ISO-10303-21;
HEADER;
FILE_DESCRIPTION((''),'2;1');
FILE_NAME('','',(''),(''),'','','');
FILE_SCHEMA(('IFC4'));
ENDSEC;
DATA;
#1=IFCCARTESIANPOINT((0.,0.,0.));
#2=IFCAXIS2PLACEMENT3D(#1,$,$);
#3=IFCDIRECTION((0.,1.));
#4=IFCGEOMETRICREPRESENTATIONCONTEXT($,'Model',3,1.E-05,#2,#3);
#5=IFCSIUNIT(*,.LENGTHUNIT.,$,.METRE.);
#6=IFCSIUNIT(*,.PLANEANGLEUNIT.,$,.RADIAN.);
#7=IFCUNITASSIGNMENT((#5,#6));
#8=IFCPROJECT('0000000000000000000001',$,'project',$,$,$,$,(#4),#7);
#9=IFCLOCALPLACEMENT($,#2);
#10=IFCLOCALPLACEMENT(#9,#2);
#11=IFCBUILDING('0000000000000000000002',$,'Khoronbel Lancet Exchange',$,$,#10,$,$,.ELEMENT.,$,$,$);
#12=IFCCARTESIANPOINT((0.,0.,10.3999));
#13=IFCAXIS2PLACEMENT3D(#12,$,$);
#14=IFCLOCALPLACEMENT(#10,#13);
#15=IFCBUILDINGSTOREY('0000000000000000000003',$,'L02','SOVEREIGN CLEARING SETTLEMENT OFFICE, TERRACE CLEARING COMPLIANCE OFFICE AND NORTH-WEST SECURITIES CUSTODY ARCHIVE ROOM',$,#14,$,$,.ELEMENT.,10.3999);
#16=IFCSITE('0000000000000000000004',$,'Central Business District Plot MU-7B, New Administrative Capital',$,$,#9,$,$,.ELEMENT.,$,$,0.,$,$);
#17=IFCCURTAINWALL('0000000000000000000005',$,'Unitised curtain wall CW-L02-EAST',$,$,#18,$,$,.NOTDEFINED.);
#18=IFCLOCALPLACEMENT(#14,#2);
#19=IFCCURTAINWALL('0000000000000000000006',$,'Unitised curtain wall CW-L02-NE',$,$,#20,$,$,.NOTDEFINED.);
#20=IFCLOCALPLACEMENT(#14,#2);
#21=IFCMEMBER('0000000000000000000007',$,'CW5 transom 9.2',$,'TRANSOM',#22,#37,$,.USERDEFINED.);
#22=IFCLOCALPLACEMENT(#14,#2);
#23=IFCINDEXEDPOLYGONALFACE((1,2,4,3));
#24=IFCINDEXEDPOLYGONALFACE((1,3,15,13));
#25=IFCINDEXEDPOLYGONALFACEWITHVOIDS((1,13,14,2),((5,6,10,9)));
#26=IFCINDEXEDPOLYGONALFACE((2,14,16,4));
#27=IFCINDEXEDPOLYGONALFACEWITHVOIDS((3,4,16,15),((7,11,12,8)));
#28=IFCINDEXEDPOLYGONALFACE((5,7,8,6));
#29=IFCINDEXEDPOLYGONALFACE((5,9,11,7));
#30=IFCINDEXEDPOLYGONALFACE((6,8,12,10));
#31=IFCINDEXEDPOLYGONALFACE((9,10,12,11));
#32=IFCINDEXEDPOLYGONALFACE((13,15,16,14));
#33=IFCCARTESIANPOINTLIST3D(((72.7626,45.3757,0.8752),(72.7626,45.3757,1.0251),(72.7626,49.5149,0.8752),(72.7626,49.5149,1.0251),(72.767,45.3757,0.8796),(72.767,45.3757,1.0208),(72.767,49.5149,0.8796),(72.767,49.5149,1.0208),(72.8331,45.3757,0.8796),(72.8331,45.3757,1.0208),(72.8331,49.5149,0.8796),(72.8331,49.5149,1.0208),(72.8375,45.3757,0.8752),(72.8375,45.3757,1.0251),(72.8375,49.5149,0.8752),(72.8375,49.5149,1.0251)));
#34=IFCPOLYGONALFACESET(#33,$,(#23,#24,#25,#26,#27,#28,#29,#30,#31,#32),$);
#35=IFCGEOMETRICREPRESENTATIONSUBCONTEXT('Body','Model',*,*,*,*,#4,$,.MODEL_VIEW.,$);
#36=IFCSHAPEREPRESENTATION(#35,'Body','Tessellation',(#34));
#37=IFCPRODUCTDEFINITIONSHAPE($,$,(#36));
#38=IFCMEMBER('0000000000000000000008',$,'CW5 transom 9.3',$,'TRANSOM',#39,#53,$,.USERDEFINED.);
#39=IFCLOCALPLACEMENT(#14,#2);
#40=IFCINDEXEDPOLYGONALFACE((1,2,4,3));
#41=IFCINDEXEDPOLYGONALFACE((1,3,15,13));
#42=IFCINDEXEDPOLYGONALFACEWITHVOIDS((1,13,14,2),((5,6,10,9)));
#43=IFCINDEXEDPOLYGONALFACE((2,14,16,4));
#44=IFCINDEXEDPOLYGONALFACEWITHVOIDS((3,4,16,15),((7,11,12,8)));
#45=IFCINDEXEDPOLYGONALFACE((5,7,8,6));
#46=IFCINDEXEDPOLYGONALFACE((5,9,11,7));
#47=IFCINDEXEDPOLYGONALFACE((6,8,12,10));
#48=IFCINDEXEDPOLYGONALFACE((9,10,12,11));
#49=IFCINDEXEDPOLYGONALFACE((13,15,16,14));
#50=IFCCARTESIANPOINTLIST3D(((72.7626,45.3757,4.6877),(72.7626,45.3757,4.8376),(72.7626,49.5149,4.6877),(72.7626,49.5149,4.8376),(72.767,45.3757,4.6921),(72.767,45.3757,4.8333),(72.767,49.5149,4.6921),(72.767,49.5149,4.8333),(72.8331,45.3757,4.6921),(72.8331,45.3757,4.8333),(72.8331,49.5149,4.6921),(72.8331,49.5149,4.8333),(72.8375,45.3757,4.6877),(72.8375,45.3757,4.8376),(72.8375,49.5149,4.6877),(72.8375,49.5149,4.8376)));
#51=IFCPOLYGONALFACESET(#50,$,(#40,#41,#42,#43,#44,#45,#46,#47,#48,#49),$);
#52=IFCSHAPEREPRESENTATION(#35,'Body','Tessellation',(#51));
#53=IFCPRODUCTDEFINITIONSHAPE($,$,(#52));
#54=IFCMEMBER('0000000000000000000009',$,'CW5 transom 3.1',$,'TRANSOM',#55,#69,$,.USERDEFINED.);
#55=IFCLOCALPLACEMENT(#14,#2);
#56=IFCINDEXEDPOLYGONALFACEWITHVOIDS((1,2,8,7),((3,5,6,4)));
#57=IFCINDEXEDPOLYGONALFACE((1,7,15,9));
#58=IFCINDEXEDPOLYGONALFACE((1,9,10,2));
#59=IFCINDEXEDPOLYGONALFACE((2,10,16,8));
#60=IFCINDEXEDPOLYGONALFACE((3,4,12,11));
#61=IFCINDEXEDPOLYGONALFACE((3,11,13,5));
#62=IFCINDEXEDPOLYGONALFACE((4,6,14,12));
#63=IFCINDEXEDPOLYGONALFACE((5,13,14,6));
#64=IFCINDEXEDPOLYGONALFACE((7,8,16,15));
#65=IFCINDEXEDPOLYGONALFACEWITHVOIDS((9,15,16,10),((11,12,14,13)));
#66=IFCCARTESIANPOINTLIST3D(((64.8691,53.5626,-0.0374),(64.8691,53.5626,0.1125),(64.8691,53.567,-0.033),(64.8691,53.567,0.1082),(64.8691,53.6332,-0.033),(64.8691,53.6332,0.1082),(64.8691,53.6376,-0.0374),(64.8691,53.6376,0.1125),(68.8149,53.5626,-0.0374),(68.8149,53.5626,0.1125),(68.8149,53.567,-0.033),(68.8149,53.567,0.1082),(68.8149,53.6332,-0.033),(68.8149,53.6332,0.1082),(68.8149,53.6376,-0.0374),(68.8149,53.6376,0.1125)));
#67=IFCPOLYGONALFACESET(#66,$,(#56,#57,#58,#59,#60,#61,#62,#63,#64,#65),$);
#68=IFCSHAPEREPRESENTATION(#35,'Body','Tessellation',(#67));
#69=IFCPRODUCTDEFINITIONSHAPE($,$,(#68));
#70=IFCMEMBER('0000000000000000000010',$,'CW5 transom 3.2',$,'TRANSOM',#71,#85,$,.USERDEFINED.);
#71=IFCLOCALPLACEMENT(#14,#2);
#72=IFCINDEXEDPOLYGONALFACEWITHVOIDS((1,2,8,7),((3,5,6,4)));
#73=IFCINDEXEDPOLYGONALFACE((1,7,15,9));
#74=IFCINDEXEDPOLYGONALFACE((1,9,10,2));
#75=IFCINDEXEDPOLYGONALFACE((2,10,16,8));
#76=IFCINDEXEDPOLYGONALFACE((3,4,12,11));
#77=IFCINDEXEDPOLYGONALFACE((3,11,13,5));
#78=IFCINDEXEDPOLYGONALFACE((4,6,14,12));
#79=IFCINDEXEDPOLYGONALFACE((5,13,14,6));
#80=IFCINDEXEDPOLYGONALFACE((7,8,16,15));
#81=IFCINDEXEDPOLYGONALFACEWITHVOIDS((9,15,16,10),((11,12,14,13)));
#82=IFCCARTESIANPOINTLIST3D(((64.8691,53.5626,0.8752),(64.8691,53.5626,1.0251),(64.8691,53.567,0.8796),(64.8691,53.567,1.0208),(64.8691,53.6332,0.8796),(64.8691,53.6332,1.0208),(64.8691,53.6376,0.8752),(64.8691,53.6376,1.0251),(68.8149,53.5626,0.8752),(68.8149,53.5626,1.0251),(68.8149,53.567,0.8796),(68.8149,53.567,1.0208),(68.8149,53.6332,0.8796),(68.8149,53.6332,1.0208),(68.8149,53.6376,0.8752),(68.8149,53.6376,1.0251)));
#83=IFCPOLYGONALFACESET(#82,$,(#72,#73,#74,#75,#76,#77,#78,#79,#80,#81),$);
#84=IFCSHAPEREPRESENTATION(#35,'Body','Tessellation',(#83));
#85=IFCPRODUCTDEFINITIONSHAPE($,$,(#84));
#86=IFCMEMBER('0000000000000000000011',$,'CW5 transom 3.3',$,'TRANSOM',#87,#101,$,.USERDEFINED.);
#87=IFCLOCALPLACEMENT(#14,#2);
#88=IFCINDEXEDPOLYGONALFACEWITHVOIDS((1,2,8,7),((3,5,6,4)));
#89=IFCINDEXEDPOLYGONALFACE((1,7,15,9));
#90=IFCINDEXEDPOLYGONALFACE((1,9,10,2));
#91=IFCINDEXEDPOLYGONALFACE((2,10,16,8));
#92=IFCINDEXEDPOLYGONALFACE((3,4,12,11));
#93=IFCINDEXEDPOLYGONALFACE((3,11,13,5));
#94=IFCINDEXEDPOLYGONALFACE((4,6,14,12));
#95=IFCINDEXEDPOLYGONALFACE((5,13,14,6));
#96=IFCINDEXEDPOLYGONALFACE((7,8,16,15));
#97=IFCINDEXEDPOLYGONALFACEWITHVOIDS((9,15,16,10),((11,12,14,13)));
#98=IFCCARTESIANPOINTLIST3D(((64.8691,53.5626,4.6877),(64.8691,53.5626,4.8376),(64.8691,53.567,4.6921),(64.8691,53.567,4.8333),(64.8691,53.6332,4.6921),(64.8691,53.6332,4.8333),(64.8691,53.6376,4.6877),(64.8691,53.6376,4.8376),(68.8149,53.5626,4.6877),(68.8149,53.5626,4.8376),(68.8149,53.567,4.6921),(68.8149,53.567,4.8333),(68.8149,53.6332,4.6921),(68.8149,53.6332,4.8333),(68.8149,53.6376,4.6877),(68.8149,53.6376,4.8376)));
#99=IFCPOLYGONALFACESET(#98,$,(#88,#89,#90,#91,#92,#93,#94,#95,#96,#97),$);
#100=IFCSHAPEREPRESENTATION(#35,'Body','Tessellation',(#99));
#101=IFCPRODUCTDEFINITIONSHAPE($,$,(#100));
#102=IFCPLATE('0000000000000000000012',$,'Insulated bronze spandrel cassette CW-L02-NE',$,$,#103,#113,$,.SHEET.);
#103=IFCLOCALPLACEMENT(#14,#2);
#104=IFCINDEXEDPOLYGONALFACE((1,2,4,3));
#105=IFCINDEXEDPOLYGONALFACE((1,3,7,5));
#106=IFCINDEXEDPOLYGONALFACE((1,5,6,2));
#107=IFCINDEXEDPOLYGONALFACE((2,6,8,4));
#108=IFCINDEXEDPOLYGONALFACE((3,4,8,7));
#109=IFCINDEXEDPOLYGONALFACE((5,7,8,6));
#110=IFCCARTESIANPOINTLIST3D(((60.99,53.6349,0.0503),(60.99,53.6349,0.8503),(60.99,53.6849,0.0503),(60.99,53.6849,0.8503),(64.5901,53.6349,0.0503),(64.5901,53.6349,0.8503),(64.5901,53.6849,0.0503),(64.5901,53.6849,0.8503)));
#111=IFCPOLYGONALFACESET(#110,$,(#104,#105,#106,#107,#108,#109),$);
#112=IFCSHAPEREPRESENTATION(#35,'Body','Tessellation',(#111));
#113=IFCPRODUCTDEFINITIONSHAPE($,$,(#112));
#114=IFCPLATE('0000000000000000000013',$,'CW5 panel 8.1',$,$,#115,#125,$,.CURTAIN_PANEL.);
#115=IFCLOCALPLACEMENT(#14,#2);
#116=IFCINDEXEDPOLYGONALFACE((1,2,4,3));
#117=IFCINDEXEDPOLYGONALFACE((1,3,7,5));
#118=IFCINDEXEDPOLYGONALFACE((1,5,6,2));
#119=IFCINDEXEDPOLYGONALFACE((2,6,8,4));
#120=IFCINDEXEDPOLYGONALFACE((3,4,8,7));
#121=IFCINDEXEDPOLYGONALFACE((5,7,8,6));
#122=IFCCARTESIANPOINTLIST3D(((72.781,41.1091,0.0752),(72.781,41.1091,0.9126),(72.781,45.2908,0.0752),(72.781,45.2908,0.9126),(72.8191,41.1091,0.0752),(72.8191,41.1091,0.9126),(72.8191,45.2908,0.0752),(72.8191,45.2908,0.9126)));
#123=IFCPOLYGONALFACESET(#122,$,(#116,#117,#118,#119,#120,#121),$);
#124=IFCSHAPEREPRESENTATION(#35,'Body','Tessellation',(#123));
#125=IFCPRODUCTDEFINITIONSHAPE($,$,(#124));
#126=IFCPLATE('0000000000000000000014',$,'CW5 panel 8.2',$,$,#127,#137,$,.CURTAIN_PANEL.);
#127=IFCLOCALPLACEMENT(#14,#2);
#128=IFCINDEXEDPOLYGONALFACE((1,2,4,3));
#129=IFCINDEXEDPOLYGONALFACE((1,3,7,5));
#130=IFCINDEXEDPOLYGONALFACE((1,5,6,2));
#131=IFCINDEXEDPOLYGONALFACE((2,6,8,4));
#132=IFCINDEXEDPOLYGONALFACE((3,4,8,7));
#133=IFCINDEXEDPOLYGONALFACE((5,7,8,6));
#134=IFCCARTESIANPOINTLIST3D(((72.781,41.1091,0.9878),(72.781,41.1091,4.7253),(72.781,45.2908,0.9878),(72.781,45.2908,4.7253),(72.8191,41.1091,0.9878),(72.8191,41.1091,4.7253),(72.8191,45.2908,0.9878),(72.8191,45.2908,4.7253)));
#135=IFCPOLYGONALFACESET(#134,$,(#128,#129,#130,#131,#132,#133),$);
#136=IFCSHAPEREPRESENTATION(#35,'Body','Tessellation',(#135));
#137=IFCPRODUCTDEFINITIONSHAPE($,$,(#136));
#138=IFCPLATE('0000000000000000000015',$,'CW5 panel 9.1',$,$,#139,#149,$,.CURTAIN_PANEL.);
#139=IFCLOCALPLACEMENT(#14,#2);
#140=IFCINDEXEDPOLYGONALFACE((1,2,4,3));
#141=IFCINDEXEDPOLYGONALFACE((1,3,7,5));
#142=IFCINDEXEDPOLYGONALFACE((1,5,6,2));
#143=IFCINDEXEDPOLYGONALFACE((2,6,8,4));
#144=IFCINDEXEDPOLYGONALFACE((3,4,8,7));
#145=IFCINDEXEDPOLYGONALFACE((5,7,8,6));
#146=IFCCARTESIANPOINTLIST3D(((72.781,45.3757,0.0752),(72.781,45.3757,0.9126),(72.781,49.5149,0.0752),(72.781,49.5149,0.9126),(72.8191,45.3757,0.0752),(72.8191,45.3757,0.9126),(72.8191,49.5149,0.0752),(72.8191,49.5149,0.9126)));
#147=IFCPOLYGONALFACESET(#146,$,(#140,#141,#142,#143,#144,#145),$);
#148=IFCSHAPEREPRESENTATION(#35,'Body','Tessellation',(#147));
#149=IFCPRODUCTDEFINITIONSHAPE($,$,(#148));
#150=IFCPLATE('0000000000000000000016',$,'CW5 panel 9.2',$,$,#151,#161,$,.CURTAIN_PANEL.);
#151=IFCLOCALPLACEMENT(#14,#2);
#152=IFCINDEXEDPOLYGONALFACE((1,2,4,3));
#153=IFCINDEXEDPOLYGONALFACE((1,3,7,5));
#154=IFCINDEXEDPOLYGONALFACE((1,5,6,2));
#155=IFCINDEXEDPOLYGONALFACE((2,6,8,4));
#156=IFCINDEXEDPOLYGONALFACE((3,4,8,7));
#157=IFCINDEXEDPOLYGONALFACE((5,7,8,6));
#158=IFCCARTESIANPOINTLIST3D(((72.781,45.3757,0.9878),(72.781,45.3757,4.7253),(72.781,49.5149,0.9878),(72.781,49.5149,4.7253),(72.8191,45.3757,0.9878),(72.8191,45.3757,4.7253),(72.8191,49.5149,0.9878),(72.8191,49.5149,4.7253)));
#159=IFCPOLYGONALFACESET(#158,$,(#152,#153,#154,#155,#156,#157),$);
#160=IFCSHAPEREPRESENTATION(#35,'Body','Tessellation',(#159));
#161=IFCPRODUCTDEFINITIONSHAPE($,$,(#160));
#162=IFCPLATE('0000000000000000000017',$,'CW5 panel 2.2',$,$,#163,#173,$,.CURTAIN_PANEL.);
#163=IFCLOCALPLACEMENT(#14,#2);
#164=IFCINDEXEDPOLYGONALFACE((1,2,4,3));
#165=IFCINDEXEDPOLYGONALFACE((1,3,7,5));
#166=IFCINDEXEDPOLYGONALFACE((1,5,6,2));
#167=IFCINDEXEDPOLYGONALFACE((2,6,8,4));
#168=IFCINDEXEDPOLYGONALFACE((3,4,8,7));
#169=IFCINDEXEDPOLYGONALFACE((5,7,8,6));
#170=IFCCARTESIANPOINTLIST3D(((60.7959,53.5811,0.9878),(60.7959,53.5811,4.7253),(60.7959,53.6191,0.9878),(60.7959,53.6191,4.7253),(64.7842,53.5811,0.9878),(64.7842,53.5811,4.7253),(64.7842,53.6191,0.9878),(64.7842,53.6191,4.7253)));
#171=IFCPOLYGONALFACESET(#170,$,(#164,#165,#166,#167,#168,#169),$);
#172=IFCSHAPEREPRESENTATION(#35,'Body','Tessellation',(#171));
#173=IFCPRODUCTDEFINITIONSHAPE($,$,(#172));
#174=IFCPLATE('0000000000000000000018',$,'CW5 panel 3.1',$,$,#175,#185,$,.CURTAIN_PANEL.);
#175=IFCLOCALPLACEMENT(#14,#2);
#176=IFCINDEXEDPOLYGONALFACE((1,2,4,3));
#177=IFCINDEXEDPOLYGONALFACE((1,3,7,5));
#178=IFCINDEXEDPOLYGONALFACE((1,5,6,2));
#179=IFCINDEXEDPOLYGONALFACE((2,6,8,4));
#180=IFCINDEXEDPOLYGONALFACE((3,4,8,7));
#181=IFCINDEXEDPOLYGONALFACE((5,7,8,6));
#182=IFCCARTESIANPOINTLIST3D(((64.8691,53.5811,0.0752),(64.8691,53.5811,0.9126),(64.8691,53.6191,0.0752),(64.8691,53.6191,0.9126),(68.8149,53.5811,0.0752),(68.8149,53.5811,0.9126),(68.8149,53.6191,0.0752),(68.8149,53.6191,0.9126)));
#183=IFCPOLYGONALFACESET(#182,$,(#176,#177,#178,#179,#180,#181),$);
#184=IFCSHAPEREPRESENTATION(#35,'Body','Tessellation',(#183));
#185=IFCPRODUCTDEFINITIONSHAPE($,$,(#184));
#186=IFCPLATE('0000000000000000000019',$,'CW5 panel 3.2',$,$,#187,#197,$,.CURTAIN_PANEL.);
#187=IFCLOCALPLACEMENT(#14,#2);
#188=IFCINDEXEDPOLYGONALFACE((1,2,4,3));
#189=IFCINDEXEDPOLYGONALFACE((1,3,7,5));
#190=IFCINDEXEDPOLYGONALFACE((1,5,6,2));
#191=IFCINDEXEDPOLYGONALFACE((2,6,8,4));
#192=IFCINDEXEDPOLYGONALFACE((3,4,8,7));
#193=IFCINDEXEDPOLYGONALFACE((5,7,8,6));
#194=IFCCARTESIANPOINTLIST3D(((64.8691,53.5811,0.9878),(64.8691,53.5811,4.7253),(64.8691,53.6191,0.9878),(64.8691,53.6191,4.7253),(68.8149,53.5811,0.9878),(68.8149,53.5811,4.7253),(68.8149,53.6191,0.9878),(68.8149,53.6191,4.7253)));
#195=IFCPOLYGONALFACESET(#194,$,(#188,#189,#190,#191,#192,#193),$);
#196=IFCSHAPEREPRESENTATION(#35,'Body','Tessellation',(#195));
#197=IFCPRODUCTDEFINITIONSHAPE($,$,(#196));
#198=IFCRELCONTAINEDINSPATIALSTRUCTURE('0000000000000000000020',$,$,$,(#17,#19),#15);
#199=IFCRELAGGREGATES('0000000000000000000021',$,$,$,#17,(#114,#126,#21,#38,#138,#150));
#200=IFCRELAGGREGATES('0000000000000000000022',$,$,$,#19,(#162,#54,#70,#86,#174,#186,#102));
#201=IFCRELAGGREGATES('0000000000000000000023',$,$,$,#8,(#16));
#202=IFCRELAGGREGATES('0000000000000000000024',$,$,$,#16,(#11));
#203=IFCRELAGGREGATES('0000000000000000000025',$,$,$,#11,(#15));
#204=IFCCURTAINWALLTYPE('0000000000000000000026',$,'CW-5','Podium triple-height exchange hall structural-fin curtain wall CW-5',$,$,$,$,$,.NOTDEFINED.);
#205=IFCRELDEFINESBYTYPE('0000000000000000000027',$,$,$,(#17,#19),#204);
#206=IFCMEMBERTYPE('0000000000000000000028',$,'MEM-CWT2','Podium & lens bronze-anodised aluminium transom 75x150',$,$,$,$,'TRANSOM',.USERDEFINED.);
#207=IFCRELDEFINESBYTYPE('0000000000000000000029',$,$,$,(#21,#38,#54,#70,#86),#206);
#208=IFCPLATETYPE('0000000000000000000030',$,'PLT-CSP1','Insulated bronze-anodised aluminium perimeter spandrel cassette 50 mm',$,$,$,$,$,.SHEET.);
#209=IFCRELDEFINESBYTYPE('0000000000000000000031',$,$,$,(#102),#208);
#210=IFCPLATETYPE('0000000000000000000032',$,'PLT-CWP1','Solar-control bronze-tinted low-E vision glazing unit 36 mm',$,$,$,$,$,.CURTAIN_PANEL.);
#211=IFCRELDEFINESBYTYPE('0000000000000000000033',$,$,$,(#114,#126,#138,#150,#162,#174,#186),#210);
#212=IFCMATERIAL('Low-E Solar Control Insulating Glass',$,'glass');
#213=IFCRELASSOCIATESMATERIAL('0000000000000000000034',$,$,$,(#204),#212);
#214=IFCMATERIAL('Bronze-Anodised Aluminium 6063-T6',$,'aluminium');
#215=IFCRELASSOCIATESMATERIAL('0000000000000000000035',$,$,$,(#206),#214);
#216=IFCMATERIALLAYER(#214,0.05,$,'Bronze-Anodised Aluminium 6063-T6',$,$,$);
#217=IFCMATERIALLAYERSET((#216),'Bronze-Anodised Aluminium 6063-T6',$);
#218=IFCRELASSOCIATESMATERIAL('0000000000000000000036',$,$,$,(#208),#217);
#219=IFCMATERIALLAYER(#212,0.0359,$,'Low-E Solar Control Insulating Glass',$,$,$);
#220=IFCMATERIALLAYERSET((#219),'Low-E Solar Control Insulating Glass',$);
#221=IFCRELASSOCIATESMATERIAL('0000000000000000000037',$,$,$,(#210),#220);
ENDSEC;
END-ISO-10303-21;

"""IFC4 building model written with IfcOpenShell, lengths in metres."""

from ifc_helpers import new_model, si_unit, direction, frame, origin, origin_2d, place, context, subcontext, project, spatial, rectangle, hollow_rectangle, extrude, material, layer, layer_set, material_profile, profile_set, type_object, element, aggregate, save


model = new_model("IFC4")

# Units and contexts
model_context = context("Model", 3, precision=1e-05, world=origin(), true_north=direction((0.0, 1.0)))
body_context = subcontext(model_context, "Body", "Model", "MODEL_VIEW")
ifc_project = project(units=[si_unit("LENGTHUNIT", "METRE"), si_unit("PLANEANGLEUNIT", "RADIAN")], contexts=[model_context])

# Site, building, storey
site_placement = place(None, origin())
site = spatial("IfcSite", under=ifc_project, at=site_placement, Name="Central Business District Plot MU-7B, New Administrative Capital", CompositionType="ELEMENT", RefElevation=0.0)
building_placement = place(site_placement, origin())
building = spatial("IfcBuilding", under=site, at=building_placement, Name="Khoronbel Lancet Exchange", CompositionType="ELEMENT")
storey_placement = place(building_placement, frame((0.0, 0.0, 10.3999)))
storey = spatial("IfcBuildingStorey", under=building, at=storey_placement, Name="L02", Description="SOVEREIGN CLEARING SETTLEMENT OFFICE, TERRACE CLEARING COMPLIANCE OFFICE AND NORTH-WEST SECURITIES CUSTODY ARCHIVE ROOM", CompositionType="ELEMENT", Elevation=10.3999)

# Curtain walls
ifc_material_1 = material(Name="Low-E Solar Control Insulating Glass", Category="glass")
curtain_wall_type = type_object("IfcCurtainWallType", Name="CW-5", Description="Podium triple-height exchange hall structural-fin curtain wall CW-5", PredefinedType="NOTDEFINED", material=ifc_material_1)
curtain_wall_1_placement = place(storey_placement, origin())
curtain_wall_1 = element("IfcCurtainWall", 1, at=curtain_wall_1_placement, inside=storey, type_object=curtain_wall_type, Name="Unitised curtain wall CW-L02-EAST", PredefinedType="NOTDEFINED")
ifc_material_2 = material(Name="Bronze-Anodised Aluminium 6063-T6", Category="aluminium")
curtain_wall_2_placement = place(storey_placement, origin())
curtain_wall_2 = element("IfcCurtainWall", 2, at=curtain_wall_2_placement, inside=storey, type_object=curtain_wall_type, Name="Unitised curtain wall CW-L02-NE", PredefinedType="NOTDEFINED")

# Members
ifc_material_profile_1 = material_profile(ifc_material_2, hollow_rectangle(XDim=0.075, YDim=0.1499, WallThickness=0.0044, at=origin_2d()), Name="ALU TRANSOM 75x150")
ifc_profile_set_1 = profile_set([ifc_material_profile_1], Name="Bronze-Anodised Aluminium 6063-T6")
member_type_1 = type_object("IfcMemberType", Name="MEM-CWT2", Description="Podium & lens bronze-anodised aluminium transom 75x150", ElementType="TRANSOM", PredefinedType="USERDEFINED", material=ifc_profile_set_1)
member_1_placement = place(storey_placement, frame((72.8, 45.3757, 0.9502), z_axis=(0.0, 1.0, 0.0), x_axis=(-1.0, 0.0, 0.0)))
member_1 = element("IfcMember", 3, at=member_1_placement, type_object=member_type_1, Name="CW5 transom 9.2", ObjectType="TRANSOM", PredefinedType="USERDEFINED", context=body_context, shape_type="SweptSolid", body=[
    extrude(hollow_rectangle(XDim=0.075, YDim=0.1499, WallThickness=0.0044, at=origin_2d()), origin(), (0.0, 0.0, 1.0), 4.1392),
])
member_2_placement = place(storey_placement, frame((72.8, 45.3757, 4.7627), z_axis=(0.0, 1.0, 0.0), x_axis=(-1.0, 0.0, 0.0)))
member_2 = element("IfcMember", 4, at=member_2_placement, type_object=member_type_1, Name="CW5 transom 9.3", ObjectType="TRANSOM", PredefinedType="USERDEFINED", context=body_context, shape_type="SweptSolid", body=[
    extrude(hollow_rectangle(XDim=0.075, YDim=0.1499, WallThickness=0.0044, at=origin_2d()), origin(), (0.0, 0.0, 1.0), 4.1392),
])
member_3_placement = place(storey_placement, frame((64.8691, 53.6001, 0.0376), z_axis=(1.0, 0.0, 0.0), x_axis=(0.0, 1.0, 0.0)))
member_3 = element("IfcMember", 5, at=member_3_placement, type_object=member_type_1, Name="CW5 transom 3.1", ObjectType="TRANSOM", PredefinedType="USERDEFINED", context=body_context, shape_type="SweptSolid", body=[
    extrude(hollow_rectangle(XDim=0.075, YDim=0.1499, WallThickness=0.0044, at=origin_2d()), origin(), (0.0, 0.0, 1.0), 3.9458),
])
member_4_placement = place(storey_placement, frame((64.8691, 53.6001, 0.9502), z_axis=(1.0, 0.0, 0.0), x_axis=(0.0, 1.0, 0.0)))
member_4 = element("IfcMember", 6, at=member_4_placement, type_object=member_type_1, Name="CW5 transom 3.2", ObjectType="TRANSOM", PredefinedType="USERDEFINED", context=body_context, shape_type="SweptSolid", body=[
    extrude(hollow_rectangle(XDim=0.075, YDim=0.1499, WallThickness=0.0044, at=origin_2d()), origin(), (0.0, 0.0, 1.0), 3.9458),
])
member_5_placement = place(storey_placement, frame((64.8691, 53.6001, 4.7627), z_axis=(1.0, 0.0, 0.0), x_axis=(0.0, 1.0, 0.0)))
member_5 = element("IfcMember", 7, at=member_5_placement, type_object=member_type_1, Name="CW5 transom 3.3", ObjectType="TRANSOM", PredefinedType="USERDEFINED", context=body_context, shape_type="SweptSolid", body=[
    extrude(hollow_rectangle(XDim=0.075, YDim=0.1499, WallThickness=0.0044, at=origin_2d()), origin(), (0.0, 0.0, 1.0), 3.9458),
])

# Plates
ifc_layer_1 = layer(ifc_material_2, 0.05, Name="Bronze-Anodised Aluminium 6063-T6")
ifc_layer_set_1 = layer_set([ifc_layer_1], Name="Bronze-Anodised Aluminium 6063-T6")
plate_type_1 = type_object("IfcPlateType", Name="PLT-CSP1", Description="Insulated bronze-anodised aluminium perimeter spandrel cassette 50 mm", PredefinedType="SHEET", material=ifc_layer_set_1)
plate_1_placement = place(storey_placement, frame((62.79, 53.6599, 0.0503), z_axis=(0.0, 0.0, 1.0), x_axis=(1.0, 0.0, 0.0)))
plate_1 = element("IfcPlate", 8, at=plate_1_placement, type_object=plate_type_1, Name="Insulated bronze spandrel cassette CW-L02-NE", PredefinedType="SHEET", context=body_context, shape_type="SweptSolid", body=[
    extrude(rectangle(XDim=3.6001, YDim=0.05, at=origin_2d()), origin(), (0.0, 0.0, 1.0), 0.8),
])
ifc_layer_2 = layer(ifc_material_1, 0.0359, Name="Low-E Solar Control Insulating Glass")
ifc_layer_set_2 = layer_set([ifc_layer_2], Name="Low-E Solar Control Insulating Glass")
plate_type_2 = type_object("IfcPlateType", Name="PLT-CWP1", Description="Solar-control bronze-tinted low-E vision glazing unit 36 mm", PredefinedType="CURTAIN_PANEL", material=ifc_layer_set_2)
plate_2_placement = place(storey_placement, frame((72.8, 43.2, 0.0752), z_axis=(0.0, 0.0, 1.0), x_axis=(0.0, 1.0, 0.0)))
plate_2 = element("IfcPlate", 9, at=plate_2_placement, type_object=plate_type_2, Name="CW5 panel 8.1", PredefinedType="CURTAIN_PANEL", context=body_context, shape_type="SweptSolid", body=[
    extrude(rectangle(XDim=4.1816, YDim=0.0381, at=origin_2d()), origin(), (0.0, 0.0, 1.0), 0.8374),
])
plate_3_placement = place(storey_placement, frame((72.8, 43.2, 0.9878), z_axis=(0.0, 0.0, 1.0), x_axis=(0.0, 1.0, 0.0)))
plate_3 = element("IfcPlate", 10, at=plate_3_placement, type_object=plate_type_2, Name="CW5 panel 8.2", PredefinedType="CURTAIN_PANEL", context=body_context, shape_type="SweptSolid", body=[
    extrude(rectangle(XDim=4.1816, YDim=0.0381, at=origin_2d()), origin(), (0.0, 0.0, 1.0), 3.7375),
])
plate_4_placement = place(storey_placement, frame((72.8, 47.4453, 0.0752), z_axis=(0.0, 0.0, 1.0), x_axis=(0.0, 1.0, 0.0)))
plate_4 = element("IfcPlate", 11, at=plate_4_placement, type_object=plate_type_2, Name="CW5 panel 9.1", PredefinedType="CURTAIN_PANEL", context=body_context, shape_type="SweptSolid", body=[
    extrude(rectangle(XDim=4.1392, YDim=0.0381, at=origin_2d()), origin(), (0.0, 0.0, 1.0), 0.8374),
])
plate_5_placement = place(storey_placement, frame((72.8, 47.4453, 0.9878), z_axis=(0.0, 0.0, 1.0), x_axis=(0.0, 1.0, 0.0)))
plate_5 = element("IfcPlate", 12, at=plate_5_placement, type_object=plate_type_2, Name="CW5 panel 9.2", PredefinedType="CURTAIN_PANEL", context=body_context, shape_type="SweptSolid", body=[
    extrude(rectangle(XDim=4.1392, YDim=0.0381, at=origin_2d()), origin(), (0.0, 0.0, 1.0), 3.7375),
])
aggregate(curtain_wall_1, [plate_2, plate_3, member_1, member_2, plate_4, plate_5])
plate_6_placement = place(storey_placement, frame((62.79, 53.6001, 0.9878), z_axis=(0.0, 0.0, 1.0), x_axis=(1.0, 0.0, 0.0)))
plate_6 = element("IfcPlate", 13, at=plate_6_placement, type_object=plate_type_2, Name="CW5 panel 2.2", PredefinedType="CURTAIN_PANEL", context=body_context, shape_type="SweptSolid", body=[
    extrude(rectangle(XDim=3.9883, YDim=0.0381, at=origin_2d()), origin(), (0.0, 0.0, 1.0), 3.7375),
])
plate_7_placement = place(storey_placement, frame((66.842, 53.6001, 0.0752), z_axis=(0.0, 0.0, 1.0), x_axis=(1.0, 0.0, 0.0)))
plate_7 = element("IfcPlate", 14, at=plate_7_placement, type_object=plate_type_2, Name="CW5 panel 3.1", PredefinedType="CURTAIN_PANEL", context=body_context, shape_type="SweptSolid", body=[
    extrude(rectangle(XDim=3.9458, YDim=0.0381, at=origin_2d()), origin(), (0.0, 0.0, 1.0), 0.8374),
])
plate_8_placement = place(storey_placement, frame((66.842, 53.6001, 0.9878), z_axis=(0.0, 0.0, 1.0), x_axis=(1.0, 0.0, 0.0)))
plate_8 = element("IfcPlate", 15, at=plate_8_placement, type_object=plate_type_2, Name="CW5 panel 3.2", PredefinedType="CURTAIN_PANEL", context=body_context, shape_type="SweptSolid", body=[
    extrude(rectangle(XDim=3.9458, YDim=0.0381, at=origin_2d()), origin(), (0.0, 0.0, 1.0), 3.7375),
])
aggregate(curtain_wall_2, [plate_6, member_3, member_4, member_5, plate_7, plate_8, plate_1])

save(model, "model.ifc")
